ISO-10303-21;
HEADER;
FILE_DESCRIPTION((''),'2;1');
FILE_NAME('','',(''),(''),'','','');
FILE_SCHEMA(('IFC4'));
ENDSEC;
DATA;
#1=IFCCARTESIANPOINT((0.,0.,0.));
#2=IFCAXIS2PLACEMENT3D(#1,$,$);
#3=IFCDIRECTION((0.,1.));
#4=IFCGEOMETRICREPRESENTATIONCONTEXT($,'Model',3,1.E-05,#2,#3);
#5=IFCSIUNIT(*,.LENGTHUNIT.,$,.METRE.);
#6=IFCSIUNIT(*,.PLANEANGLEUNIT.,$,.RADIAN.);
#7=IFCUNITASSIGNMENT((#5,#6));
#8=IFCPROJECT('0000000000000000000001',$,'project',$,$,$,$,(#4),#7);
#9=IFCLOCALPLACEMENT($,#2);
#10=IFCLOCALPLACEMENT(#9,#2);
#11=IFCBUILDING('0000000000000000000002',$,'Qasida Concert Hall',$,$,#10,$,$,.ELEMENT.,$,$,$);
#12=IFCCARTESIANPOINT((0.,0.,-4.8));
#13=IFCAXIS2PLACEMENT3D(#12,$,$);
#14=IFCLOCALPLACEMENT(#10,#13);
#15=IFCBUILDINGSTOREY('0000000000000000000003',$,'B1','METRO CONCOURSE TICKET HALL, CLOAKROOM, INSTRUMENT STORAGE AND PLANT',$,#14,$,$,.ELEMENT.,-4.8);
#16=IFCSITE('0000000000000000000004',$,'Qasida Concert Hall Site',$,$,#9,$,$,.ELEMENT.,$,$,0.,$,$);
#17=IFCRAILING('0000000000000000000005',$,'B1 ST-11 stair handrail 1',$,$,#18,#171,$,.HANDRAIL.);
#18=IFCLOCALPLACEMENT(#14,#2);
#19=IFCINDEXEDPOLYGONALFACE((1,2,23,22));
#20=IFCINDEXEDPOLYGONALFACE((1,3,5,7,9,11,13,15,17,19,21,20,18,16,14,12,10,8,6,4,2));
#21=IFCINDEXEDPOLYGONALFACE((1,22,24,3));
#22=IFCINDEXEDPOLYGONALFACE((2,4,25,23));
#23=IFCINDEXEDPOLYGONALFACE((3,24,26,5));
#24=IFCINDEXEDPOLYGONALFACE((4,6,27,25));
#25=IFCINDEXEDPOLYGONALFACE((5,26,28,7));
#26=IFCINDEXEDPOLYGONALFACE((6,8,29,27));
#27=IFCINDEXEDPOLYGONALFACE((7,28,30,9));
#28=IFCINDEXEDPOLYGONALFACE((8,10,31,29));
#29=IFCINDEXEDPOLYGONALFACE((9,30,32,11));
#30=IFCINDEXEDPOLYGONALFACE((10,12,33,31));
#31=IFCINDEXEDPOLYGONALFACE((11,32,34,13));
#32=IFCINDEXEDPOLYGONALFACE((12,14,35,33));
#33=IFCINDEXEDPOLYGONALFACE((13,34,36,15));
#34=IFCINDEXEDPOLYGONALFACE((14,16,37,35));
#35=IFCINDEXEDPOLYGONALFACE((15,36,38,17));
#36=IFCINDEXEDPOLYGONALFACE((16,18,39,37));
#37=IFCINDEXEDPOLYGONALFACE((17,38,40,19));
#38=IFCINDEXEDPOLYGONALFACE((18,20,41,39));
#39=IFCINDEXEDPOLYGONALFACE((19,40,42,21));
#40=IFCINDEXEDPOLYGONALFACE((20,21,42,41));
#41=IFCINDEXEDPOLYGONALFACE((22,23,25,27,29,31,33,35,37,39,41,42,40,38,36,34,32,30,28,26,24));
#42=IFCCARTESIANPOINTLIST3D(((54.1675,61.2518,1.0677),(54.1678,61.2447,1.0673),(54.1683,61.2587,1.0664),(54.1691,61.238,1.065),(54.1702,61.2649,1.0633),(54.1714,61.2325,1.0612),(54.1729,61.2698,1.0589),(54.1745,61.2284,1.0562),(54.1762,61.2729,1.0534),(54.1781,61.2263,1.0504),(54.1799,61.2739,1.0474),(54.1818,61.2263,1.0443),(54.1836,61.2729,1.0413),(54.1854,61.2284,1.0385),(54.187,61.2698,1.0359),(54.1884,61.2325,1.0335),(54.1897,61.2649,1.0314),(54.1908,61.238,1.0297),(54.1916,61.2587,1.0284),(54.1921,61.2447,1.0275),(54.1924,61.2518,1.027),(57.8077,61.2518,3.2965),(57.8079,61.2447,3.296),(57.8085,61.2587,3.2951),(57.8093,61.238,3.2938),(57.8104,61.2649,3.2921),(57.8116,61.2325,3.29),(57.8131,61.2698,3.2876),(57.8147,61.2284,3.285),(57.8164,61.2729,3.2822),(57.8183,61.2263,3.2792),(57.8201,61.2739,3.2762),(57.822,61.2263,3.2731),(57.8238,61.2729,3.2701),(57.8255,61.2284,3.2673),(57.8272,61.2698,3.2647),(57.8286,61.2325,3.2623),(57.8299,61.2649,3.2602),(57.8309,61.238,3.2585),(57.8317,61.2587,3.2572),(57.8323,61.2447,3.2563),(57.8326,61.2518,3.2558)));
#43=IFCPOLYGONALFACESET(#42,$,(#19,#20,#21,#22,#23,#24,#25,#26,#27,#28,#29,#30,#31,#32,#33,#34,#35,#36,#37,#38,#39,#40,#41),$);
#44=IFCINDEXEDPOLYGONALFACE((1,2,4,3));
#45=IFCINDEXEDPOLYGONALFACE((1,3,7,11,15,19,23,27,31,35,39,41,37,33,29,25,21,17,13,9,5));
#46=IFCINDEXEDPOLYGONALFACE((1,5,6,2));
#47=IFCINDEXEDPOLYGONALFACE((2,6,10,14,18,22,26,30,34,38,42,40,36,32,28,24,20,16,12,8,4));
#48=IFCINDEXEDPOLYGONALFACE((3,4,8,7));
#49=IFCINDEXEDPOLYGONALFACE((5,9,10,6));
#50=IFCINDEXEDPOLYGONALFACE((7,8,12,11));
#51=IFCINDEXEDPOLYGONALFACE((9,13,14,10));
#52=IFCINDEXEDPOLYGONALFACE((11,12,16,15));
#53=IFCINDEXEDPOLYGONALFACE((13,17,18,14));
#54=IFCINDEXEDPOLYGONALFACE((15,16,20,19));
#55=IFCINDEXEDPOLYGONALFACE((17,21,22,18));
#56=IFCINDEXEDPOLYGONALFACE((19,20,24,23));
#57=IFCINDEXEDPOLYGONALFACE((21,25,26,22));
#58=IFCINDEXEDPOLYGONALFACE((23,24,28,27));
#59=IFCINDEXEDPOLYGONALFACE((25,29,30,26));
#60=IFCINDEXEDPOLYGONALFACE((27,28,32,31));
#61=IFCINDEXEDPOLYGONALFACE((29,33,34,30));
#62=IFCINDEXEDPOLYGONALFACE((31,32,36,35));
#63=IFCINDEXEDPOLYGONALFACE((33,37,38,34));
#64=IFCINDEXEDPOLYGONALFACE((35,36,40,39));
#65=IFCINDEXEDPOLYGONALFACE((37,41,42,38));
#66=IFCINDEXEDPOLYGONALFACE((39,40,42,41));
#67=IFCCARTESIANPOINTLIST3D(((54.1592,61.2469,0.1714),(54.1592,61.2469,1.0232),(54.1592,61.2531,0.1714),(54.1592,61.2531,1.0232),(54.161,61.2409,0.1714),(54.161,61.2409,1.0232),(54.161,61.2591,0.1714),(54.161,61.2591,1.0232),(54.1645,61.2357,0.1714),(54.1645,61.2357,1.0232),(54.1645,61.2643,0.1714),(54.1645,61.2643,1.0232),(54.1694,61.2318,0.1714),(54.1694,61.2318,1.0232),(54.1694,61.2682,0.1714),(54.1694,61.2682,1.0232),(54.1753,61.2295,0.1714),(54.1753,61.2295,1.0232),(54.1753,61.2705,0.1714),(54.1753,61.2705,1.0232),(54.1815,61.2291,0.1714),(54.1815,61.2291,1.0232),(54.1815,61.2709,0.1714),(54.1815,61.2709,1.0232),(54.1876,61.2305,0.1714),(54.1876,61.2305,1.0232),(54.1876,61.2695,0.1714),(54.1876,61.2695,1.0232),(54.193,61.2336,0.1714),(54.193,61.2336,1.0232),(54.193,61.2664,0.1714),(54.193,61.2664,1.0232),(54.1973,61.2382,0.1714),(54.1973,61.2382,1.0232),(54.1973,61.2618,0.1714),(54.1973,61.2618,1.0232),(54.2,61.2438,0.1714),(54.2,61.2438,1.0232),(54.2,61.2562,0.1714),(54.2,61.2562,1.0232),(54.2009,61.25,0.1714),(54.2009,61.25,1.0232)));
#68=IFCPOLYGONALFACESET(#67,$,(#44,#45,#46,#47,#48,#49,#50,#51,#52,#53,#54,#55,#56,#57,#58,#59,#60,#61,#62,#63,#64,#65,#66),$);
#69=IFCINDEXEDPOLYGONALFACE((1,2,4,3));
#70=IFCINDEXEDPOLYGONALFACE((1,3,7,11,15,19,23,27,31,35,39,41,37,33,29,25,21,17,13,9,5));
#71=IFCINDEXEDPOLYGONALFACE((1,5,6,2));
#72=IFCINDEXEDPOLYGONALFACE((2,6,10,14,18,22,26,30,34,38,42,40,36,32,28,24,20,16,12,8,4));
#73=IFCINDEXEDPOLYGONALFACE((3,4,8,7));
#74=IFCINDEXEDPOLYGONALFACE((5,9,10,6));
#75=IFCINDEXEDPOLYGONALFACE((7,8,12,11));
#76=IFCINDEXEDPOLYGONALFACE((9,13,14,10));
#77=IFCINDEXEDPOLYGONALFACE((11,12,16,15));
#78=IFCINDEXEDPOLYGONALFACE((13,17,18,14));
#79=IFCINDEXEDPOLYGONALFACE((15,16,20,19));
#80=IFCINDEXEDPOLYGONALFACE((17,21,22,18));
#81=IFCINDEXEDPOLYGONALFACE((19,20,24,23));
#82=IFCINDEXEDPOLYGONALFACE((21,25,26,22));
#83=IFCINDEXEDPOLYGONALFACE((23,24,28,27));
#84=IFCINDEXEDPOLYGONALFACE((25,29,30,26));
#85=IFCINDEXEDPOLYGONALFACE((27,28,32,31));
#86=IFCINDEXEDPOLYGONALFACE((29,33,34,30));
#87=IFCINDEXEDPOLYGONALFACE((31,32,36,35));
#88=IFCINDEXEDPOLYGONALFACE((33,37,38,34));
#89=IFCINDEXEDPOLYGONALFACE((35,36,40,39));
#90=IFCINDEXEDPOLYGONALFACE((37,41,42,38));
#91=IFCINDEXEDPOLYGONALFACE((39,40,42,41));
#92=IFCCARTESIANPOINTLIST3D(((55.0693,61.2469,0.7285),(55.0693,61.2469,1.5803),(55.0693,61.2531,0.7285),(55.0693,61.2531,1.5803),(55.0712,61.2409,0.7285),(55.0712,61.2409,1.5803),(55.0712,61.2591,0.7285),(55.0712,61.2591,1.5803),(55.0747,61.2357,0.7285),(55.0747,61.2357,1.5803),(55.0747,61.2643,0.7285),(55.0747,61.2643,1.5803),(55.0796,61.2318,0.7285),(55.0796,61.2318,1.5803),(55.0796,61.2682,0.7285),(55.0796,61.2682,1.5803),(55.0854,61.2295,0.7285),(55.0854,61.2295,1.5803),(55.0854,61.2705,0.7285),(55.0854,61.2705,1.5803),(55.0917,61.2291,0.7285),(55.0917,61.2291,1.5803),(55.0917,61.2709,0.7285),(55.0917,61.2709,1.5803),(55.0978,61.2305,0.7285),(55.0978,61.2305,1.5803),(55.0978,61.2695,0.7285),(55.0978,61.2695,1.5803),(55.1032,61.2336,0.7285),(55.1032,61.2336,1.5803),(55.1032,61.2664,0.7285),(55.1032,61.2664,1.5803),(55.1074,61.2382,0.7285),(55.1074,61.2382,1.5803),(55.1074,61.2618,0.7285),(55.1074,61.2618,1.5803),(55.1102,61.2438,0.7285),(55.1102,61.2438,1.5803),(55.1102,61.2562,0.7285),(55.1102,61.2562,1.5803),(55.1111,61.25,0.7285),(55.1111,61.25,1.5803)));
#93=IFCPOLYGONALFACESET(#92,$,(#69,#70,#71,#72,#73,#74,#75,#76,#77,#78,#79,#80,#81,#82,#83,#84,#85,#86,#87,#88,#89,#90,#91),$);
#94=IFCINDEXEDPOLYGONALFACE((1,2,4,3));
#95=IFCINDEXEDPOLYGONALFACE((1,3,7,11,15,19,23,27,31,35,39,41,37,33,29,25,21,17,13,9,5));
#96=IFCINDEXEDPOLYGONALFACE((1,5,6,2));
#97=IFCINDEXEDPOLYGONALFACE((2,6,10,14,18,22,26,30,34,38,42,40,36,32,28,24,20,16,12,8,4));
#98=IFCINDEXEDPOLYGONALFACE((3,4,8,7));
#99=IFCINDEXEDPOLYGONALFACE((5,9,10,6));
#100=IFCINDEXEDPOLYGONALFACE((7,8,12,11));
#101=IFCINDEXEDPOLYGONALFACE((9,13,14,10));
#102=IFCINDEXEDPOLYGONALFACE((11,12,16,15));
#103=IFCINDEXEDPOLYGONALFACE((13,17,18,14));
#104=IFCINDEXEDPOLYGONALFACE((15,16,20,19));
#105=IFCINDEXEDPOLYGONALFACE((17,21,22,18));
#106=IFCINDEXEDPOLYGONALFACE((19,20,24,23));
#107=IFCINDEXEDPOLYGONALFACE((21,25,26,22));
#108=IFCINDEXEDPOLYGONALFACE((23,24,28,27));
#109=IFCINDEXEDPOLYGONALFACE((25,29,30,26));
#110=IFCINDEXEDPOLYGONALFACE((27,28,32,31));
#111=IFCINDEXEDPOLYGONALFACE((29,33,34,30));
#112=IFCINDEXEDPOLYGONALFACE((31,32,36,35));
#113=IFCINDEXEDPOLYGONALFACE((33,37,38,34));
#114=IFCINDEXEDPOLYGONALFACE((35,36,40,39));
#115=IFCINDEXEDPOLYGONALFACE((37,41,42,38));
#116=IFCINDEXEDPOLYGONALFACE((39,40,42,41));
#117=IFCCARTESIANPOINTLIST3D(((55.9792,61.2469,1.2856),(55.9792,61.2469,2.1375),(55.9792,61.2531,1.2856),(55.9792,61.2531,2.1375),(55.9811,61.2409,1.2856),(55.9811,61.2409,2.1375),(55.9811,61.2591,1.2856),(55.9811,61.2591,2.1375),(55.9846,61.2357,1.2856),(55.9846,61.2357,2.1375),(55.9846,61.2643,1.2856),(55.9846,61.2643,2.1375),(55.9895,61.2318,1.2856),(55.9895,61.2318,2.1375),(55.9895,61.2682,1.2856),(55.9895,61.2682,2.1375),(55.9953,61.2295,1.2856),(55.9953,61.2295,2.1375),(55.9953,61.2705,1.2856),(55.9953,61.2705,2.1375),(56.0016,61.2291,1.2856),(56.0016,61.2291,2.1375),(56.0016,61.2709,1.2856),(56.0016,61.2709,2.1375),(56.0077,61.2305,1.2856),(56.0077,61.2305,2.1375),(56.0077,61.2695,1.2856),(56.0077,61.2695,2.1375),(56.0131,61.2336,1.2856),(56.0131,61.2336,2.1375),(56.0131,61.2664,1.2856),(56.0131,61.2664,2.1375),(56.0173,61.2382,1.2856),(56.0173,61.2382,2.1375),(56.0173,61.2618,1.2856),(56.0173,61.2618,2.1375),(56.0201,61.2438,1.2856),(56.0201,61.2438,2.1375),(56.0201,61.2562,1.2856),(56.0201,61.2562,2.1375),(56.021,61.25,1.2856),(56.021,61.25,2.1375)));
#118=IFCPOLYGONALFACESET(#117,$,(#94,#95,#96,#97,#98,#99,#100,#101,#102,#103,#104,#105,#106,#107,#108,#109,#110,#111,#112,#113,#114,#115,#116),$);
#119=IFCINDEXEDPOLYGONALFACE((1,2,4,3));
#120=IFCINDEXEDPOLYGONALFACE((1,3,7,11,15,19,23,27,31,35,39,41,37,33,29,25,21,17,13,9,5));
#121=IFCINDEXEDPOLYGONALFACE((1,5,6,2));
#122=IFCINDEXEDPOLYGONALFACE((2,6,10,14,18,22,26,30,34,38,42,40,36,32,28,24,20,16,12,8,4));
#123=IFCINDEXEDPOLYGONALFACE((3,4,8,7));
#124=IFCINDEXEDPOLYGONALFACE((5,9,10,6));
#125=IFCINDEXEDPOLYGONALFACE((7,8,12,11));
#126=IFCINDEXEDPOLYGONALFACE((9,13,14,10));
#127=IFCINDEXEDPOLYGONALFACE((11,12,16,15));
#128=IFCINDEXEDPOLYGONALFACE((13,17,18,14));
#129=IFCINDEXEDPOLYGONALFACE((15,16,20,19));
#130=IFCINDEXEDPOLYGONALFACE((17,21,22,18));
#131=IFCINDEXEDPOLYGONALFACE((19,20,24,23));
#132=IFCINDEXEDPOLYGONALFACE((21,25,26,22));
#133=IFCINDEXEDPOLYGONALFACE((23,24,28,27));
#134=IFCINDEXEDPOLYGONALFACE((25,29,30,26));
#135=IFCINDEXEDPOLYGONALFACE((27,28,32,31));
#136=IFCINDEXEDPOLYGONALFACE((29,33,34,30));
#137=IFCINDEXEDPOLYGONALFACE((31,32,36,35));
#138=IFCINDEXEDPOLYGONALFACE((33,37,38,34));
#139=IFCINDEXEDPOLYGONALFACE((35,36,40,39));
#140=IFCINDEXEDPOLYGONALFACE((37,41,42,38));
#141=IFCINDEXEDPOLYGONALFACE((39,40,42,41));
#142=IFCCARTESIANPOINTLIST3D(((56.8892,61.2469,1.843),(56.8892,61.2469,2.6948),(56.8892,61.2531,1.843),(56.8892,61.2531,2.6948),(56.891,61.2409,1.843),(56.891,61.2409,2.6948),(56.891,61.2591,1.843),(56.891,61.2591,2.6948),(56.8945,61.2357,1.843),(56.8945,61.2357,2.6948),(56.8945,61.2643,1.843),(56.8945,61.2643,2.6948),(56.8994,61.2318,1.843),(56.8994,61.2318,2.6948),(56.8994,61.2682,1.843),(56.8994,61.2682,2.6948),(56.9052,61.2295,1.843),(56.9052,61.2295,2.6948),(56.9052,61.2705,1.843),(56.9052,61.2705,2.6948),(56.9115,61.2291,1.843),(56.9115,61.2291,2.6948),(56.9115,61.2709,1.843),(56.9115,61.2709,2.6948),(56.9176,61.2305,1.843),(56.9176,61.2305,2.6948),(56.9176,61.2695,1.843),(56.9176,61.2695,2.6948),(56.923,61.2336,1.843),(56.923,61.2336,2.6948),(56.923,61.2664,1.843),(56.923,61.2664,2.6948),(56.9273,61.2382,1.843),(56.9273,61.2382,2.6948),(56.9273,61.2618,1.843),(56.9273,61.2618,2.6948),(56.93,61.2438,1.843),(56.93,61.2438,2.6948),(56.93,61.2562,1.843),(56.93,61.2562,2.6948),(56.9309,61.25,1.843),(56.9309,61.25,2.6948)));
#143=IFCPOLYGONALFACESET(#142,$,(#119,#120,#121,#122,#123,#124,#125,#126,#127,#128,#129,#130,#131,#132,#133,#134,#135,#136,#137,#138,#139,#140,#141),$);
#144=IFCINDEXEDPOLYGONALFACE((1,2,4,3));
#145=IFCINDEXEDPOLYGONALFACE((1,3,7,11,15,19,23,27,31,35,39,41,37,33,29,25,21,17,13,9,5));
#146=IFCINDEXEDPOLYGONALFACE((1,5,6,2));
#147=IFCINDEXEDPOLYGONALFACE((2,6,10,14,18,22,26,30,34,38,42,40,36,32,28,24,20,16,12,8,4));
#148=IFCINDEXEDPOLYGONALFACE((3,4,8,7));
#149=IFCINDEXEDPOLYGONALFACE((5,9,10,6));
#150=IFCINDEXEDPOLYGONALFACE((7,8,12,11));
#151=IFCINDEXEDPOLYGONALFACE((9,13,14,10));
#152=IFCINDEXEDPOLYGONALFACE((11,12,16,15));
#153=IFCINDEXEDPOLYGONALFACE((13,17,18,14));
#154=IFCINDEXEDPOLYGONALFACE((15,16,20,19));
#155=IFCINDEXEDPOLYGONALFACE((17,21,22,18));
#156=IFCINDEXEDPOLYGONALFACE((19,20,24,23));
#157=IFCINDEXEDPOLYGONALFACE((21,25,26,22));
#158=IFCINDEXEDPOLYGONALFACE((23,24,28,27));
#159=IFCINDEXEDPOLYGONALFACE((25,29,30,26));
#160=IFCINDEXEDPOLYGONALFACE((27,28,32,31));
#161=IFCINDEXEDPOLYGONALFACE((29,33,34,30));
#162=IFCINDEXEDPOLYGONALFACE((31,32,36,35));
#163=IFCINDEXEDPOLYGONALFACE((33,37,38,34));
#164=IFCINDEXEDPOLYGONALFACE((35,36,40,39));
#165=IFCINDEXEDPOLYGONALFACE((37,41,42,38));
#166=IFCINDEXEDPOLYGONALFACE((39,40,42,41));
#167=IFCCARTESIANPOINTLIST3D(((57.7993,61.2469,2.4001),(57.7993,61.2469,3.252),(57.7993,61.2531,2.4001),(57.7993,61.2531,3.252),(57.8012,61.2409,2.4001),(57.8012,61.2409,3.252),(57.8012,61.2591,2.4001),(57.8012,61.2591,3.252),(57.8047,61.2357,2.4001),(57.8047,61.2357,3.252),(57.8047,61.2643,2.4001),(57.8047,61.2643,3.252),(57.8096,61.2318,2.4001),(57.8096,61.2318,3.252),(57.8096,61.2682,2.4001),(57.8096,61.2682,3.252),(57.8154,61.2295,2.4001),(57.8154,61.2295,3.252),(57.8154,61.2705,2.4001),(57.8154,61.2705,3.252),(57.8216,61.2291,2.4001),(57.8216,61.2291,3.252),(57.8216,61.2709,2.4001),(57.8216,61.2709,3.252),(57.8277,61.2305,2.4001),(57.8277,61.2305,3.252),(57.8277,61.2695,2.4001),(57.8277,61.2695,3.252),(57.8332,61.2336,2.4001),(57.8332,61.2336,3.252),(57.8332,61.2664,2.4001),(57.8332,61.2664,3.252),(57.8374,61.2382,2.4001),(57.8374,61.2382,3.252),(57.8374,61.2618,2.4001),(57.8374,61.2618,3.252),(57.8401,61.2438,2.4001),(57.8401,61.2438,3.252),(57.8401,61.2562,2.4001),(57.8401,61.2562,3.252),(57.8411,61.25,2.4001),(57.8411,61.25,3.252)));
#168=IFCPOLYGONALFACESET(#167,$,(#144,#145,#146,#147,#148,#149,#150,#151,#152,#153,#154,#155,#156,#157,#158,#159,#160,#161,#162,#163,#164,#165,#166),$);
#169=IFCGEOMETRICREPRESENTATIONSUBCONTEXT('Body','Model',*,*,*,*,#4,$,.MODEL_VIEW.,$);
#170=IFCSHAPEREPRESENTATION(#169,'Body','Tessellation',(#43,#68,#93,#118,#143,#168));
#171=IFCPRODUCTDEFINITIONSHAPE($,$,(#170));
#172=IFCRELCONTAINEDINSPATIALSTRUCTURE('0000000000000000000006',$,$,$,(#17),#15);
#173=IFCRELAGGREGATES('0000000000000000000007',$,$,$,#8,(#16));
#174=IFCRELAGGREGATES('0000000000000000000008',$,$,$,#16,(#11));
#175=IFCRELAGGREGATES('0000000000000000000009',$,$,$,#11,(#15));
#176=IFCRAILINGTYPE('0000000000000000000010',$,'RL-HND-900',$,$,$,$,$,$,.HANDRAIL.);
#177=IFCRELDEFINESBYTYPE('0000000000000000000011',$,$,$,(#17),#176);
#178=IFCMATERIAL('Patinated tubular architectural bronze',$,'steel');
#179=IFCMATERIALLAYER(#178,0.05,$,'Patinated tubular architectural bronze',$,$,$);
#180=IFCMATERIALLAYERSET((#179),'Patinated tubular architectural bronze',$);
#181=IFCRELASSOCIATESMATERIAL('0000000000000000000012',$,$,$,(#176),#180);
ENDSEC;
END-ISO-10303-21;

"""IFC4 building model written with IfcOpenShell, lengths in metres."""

from ifc_helpers import new_model, si_unit, direction, frame, origin, origin_2d, place, context, subcontext, project, spatial, circle, extrude, material, layer, layer_set, type_object, element, save


model = new_model("IFC4")

# Units and contexts
model_context = context("Model", 3, precision=1e-05, world=origin(), true_north=direction((0.0, 1.0)))
body_context = subcontext(model_context, "Body", "Model", "MODEL_VIEW")
ifc_project = project(units=[si_unit("LENGTHUNIT", "METRE"), si_unit("PLANEANGLEUNIT", "RADIAN")], contexts=[model_context])

# Site, building, storey
site_placement = place(None, origin())
site = spatial("IfcSite", under=ifc_project, at=site_placement, Name="Qasida Concert Hall Site", CompositionType="ELEMENT", RefElevation=0.0)
building_placement = place(site_placement, origin())
building = spatial("IfcBuilding", under=site, at=building_placement, Name="Qasida Concert Hall", CompositionType="ELEMENT")
storey_placement = place(building_placement, frame((0.0, 0.0, -4.8)))
storey = spatial("IfcBuildingStorey", under=building, at=storey_placement, Name="B1", Description="METRO CONCOURSE TICKET HALL, CLOAKROOM, INSTRUMENT STORAGE AND PLANT", CompositionType="ELEMENT", Elevation=-4.8)

# Railing
ifc_material_1 = material(Name="Patinated tubular architectural bronze", Category="steel")
ifc_layer_1 = layer(ifc_material_1, 0.05, Name="Patinated tubular architectural bronze")
ifc_layer_set_1 = layer_set([ifc_layer_1], Name="Patinated tubular architectural bronze")
railing_type_1 = type_object("IfcRailingType", Name="RL-HND-900", PredefinedType="HANDRAIL", material=ifc_layer_set_1)
railing_1_placement = place(storey_placement, frame((54.1799, 61.25, 0.1714)))
element("IfcRailing", 1, at=railing_1_placement, inside=storey, type_object=railing_type_1, Name="B1 ST-11 stair handrail 1", PredefinedType="HANDRAIL", context=body_context, shape_type="SweptSolid", body=[
    extrude(circle(Radius=0.0239, at=origin_2d()), frame((0.0, 0.0, 0.876), z_axis=(0.85284, 0.0, 0.522172), x_axis=(0.0, 1.0, 0.0)), (0.0, 0.0, 1.0), 4.2683),
    extrude(circle(Radius=0.021, at=origin_2d()), origin(), (0.0, 0.0, 1.0), 0.8518),
    extrude(circle(Radius=0.021, at=origin_2d()), frame((0.9102, 0.0, 0.5571)), (0.0, 0.0, 1.0), 0.8518),
    extrude(circle(Radius=0.021, at=origin_2d()), frame((1.8201, 0.0, 1.1143)), (0.0, 0.0, 1.0), 0.8518),
    extrude(circle(Radius=0.021, at=origin_2d()), frame((2.73, 0.0, 1.6716)), (0.0, 0.0, 1.0), 0.8518),
    extrude(circle(Radius=0.021, at=origin_2d()), frame((3.6401, 0.0, 2.2288)), (0.0, 0.0, 1.0), 0.8518),
])

save(model, "model.ifc")
